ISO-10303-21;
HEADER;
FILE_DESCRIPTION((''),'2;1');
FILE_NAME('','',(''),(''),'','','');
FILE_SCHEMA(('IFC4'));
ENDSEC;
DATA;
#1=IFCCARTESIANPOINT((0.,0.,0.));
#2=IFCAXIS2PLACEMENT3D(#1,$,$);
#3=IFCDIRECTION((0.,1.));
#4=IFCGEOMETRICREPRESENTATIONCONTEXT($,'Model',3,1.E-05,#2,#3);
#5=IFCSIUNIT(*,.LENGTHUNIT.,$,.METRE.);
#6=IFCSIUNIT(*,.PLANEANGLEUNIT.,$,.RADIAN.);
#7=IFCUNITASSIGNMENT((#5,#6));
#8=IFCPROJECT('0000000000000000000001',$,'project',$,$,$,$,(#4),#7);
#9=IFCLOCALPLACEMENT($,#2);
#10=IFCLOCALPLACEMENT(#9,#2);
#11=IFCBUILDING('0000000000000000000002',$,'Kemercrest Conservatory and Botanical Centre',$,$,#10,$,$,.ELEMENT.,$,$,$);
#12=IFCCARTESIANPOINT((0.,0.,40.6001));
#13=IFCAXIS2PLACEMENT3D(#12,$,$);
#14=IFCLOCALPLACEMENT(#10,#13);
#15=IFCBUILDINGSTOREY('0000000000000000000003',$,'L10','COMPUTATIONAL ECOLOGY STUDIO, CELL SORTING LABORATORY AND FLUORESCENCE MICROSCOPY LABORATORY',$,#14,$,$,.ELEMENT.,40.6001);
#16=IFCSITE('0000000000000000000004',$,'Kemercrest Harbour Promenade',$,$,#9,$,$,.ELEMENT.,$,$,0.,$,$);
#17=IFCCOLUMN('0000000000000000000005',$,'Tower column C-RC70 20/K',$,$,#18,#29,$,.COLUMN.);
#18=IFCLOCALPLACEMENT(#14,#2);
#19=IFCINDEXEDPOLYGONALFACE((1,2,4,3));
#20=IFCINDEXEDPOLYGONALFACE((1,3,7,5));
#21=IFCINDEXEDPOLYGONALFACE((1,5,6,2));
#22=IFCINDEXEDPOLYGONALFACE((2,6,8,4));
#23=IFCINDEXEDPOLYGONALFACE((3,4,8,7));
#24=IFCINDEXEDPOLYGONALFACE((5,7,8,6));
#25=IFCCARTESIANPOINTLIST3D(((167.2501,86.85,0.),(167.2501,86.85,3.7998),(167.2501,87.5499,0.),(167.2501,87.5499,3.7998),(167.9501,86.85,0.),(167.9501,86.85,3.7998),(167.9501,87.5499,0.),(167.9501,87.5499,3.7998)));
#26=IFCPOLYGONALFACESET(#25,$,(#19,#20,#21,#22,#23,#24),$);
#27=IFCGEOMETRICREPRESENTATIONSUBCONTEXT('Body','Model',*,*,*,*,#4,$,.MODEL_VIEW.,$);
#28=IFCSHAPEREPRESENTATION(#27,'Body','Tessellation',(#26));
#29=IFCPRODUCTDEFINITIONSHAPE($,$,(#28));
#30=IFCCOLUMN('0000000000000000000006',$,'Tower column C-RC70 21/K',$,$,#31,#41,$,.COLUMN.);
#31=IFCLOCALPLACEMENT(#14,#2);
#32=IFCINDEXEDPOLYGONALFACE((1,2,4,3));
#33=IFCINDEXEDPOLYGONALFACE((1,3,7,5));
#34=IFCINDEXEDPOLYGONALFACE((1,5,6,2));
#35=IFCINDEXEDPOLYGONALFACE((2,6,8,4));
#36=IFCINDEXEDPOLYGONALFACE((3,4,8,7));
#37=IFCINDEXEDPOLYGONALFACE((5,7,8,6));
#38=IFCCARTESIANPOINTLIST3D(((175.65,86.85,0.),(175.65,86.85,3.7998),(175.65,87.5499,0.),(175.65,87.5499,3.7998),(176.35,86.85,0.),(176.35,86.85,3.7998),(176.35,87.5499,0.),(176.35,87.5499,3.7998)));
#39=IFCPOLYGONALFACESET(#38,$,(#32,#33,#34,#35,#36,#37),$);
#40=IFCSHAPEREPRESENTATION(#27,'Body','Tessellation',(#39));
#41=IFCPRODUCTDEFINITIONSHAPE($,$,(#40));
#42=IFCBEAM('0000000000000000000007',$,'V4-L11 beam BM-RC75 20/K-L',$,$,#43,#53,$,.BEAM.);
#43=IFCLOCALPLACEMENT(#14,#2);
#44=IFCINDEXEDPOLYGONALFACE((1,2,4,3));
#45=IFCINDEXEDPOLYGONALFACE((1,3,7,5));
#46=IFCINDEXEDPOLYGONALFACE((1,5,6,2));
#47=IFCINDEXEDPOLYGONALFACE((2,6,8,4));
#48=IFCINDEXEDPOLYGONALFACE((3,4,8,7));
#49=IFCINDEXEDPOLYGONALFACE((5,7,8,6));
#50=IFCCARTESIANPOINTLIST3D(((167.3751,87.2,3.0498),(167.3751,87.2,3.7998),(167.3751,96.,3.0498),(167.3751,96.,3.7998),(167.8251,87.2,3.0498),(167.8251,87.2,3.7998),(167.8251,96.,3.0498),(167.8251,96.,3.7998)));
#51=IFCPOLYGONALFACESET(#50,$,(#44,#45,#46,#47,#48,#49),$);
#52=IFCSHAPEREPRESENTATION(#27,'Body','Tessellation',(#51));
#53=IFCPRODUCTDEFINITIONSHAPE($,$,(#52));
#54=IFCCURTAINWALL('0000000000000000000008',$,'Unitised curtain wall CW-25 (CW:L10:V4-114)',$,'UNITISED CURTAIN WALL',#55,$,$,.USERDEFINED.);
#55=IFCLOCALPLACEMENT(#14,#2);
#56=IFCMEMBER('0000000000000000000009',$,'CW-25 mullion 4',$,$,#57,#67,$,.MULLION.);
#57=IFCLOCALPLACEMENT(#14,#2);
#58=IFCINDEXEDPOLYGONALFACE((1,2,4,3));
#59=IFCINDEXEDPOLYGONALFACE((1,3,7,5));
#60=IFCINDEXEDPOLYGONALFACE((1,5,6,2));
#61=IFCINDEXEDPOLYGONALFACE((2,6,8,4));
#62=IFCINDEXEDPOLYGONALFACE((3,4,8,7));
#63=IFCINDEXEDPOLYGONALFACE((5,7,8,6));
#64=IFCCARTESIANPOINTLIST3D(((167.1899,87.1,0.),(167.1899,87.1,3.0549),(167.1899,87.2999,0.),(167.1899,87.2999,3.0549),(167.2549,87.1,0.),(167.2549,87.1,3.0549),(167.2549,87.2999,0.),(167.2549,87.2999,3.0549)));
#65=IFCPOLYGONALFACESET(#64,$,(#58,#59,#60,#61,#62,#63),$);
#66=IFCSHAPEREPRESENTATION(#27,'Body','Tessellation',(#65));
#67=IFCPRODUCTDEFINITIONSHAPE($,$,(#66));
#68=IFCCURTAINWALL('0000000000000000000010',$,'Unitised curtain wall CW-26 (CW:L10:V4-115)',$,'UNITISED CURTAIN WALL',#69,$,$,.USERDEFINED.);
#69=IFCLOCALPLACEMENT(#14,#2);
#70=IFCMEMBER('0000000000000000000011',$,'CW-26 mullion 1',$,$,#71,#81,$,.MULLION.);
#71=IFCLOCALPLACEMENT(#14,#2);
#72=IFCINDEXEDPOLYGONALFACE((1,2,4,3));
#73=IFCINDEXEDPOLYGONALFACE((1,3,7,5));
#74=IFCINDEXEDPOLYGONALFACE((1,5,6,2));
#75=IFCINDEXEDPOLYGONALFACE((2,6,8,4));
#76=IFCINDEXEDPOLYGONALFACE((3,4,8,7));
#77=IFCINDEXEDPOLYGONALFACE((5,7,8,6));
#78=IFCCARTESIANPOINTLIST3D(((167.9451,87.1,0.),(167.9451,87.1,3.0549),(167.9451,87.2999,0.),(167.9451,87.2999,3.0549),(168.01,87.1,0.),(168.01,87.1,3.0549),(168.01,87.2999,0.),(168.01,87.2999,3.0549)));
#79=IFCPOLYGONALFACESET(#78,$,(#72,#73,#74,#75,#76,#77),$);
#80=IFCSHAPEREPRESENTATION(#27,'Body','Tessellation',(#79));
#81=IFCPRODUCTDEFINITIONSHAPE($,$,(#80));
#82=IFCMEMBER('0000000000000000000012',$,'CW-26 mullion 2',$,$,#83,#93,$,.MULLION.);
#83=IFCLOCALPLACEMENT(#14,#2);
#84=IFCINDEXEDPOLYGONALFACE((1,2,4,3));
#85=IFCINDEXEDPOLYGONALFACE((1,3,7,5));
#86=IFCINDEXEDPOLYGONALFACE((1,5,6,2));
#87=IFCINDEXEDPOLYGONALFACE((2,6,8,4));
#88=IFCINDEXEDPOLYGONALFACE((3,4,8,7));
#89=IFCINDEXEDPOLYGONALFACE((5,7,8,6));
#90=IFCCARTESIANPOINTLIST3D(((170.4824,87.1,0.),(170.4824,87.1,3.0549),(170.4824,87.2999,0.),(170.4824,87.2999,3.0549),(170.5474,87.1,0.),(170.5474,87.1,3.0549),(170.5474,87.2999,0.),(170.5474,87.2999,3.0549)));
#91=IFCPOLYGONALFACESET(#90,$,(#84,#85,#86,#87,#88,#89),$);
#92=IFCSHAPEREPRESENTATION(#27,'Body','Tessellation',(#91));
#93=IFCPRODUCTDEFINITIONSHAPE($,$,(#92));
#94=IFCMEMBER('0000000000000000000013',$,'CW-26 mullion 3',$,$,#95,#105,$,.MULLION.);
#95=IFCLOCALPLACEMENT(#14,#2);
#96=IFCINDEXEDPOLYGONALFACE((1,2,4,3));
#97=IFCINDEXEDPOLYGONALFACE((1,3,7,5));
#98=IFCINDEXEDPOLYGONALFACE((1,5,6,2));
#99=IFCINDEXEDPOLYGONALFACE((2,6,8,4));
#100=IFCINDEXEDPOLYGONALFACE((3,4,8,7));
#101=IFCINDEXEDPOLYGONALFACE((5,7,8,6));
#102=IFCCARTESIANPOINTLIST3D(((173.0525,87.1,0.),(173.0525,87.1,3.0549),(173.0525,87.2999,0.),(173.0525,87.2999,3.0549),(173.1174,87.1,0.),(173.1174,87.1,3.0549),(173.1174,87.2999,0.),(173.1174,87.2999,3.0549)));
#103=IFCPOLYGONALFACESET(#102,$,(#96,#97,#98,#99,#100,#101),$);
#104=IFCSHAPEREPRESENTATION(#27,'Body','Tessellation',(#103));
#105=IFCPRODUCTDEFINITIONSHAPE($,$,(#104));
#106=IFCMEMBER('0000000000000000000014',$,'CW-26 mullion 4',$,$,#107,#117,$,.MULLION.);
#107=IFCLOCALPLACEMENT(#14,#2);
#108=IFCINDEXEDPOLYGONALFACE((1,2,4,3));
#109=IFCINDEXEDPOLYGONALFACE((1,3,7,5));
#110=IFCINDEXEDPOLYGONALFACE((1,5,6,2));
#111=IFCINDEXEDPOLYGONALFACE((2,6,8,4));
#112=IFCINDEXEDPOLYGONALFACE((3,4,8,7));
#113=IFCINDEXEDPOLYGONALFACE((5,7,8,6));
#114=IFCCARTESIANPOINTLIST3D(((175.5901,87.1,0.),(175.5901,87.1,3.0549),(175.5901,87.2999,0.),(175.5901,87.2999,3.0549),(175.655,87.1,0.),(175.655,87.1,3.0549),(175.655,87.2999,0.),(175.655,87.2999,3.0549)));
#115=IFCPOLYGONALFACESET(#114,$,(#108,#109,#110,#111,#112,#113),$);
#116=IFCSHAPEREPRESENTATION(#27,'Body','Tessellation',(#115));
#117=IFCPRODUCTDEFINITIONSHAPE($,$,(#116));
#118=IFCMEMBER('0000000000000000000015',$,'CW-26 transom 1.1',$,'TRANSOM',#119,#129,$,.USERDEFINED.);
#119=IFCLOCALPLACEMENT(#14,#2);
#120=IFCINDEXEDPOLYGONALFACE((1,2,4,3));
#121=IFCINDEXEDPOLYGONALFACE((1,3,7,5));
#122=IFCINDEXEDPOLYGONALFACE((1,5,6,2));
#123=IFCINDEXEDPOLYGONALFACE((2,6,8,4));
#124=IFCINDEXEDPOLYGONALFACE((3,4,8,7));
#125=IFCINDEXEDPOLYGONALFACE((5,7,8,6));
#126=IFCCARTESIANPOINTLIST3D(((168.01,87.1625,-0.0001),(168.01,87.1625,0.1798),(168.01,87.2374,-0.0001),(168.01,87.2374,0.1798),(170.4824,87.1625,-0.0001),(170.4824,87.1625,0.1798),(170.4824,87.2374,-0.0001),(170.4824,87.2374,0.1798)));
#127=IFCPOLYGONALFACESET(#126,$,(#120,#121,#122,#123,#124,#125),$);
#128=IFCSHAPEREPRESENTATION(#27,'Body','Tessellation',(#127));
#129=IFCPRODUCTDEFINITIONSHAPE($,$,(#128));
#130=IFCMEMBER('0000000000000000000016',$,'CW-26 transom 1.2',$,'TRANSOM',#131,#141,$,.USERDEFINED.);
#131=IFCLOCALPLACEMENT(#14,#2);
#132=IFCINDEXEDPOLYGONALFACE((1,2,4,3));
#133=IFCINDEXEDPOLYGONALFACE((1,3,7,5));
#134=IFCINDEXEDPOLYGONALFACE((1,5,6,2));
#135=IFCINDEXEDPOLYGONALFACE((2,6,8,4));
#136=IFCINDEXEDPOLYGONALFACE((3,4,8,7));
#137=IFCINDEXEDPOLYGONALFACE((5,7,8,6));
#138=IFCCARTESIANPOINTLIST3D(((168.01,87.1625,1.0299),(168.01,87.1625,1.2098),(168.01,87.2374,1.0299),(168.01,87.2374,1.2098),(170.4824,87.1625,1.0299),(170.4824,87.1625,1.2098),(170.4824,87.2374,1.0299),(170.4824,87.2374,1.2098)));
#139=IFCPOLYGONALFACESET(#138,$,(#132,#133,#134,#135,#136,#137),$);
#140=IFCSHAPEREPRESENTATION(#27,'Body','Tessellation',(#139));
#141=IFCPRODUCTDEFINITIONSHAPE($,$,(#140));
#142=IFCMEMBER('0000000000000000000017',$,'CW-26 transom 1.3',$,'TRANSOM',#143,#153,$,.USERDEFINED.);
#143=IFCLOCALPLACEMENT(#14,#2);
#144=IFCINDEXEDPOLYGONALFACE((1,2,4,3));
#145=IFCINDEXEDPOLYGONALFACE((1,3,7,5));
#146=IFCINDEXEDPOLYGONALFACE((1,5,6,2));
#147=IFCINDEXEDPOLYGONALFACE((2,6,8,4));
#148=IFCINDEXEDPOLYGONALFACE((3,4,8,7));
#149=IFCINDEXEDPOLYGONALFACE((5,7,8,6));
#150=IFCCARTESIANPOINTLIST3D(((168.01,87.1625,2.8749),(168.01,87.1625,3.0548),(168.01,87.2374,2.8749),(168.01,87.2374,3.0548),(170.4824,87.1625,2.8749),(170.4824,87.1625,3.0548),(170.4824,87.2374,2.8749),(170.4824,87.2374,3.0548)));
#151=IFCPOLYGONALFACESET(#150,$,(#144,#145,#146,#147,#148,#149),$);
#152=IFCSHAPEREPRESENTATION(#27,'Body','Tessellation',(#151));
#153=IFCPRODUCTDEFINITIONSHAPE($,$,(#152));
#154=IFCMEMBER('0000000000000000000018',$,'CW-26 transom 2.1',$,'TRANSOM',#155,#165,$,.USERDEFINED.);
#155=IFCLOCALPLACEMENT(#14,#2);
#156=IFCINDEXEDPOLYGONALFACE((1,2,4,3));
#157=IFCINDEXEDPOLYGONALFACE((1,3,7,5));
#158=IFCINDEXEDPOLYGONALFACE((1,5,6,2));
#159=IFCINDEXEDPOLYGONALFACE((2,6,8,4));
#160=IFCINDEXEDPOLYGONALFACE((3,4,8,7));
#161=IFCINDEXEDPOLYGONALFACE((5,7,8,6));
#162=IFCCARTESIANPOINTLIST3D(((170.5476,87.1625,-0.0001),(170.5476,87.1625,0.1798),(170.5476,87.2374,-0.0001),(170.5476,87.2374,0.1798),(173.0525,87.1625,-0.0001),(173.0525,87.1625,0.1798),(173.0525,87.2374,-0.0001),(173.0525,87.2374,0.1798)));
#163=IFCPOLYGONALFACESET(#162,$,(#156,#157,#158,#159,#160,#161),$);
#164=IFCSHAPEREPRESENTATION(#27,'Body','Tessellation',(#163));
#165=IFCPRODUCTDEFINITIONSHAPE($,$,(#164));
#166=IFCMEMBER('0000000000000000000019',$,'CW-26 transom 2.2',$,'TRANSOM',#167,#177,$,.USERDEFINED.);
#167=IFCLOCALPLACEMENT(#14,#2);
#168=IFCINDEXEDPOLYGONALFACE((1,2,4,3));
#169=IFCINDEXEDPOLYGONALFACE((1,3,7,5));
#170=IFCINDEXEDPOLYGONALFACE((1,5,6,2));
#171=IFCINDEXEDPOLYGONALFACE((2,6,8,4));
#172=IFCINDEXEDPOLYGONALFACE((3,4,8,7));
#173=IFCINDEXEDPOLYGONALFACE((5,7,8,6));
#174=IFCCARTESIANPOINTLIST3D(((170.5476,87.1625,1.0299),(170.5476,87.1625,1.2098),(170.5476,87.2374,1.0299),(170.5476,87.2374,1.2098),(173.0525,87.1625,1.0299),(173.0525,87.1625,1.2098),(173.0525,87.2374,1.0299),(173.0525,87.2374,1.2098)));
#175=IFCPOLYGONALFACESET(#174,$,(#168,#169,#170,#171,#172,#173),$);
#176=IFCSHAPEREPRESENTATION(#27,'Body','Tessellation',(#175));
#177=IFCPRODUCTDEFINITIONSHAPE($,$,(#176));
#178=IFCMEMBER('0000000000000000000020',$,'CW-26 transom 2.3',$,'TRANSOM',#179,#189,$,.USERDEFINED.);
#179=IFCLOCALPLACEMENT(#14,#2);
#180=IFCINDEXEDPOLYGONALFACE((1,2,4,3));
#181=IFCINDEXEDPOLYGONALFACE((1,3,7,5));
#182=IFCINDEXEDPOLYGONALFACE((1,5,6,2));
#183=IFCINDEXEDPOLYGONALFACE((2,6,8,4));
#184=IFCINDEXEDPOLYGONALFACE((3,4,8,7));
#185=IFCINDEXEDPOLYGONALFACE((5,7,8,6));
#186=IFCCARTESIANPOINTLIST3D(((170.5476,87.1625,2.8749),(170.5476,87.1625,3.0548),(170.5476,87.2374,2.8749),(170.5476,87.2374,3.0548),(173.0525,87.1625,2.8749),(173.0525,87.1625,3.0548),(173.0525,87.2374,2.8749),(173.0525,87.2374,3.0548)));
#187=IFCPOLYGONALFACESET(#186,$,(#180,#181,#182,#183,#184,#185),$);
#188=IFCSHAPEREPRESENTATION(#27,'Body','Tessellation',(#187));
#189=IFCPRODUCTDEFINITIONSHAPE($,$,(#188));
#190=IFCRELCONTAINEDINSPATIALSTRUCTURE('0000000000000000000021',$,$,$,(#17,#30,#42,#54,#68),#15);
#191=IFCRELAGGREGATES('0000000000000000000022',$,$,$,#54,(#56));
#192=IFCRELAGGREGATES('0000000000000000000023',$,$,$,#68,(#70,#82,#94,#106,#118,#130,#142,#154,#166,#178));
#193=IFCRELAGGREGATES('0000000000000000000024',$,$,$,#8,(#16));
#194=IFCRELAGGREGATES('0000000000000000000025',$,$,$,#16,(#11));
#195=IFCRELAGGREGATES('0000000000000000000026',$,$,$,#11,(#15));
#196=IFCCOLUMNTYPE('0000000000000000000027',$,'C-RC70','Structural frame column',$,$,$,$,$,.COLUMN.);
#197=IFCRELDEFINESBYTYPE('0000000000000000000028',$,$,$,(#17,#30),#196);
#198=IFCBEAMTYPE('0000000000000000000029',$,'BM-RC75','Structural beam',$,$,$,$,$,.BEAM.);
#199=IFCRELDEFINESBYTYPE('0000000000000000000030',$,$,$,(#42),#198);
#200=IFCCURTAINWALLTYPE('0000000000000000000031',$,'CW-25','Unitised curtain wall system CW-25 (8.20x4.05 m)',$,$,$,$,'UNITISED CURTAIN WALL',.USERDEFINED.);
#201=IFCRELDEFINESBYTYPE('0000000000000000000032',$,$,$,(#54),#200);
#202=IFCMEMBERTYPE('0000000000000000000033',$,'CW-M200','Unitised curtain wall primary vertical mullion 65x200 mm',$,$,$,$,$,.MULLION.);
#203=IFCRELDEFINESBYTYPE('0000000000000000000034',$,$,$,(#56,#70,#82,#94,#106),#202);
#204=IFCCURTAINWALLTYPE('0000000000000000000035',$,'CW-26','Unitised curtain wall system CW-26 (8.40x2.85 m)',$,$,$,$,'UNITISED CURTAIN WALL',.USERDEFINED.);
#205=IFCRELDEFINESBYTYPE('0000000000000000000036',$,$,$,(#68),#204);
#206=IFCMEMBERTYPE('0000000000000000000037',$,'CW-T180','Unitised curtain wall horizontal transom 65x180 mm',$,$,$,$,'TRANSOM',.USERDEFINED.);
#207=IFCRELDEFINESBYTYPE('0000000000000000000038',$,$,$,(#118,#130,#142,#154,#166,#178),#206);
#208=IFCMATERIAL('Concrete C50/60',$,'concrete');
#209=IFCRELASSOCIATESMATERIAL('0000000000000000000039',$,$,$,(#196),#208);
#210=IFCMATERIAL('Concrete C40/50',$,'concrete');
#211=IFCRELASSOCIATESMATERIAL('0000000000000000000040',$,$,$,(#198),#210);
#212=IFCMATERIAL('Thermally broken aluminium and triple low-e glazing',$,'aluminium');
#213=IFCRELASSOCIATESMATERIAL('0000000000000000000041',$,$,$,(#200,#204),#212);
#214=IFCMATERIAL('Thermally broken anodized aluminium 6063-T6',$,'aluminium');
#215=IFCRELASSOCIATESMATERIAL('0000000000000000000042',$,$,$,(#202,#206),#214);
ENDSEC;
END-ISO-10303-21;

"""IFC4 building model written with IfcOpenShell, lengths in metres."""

from ifc_helpers import new_model, si_unit, direction, frame, origin, origin_2d, place, context, subcontext, project, spatial, rectangle, extrude, material, material_profile, profile_set, type_object, element, aggregate, save


model = new_model("IFC4")

# Units and contexts
model_context = context("Model", 3, precision=1e-05, world=origin(), true_north=direction((0.0, 1.0)))
body_context = subcontext(model_context, "Body", "Model", "MODEL_VIEW")
ifc_project = project(units=[si_unit("LENGTHUNIT", "METRE"), si_unit("PLANEANGLEUNIT", "RADIAN")], contexts=[model_context])

# Site, building, storey
site_placement = place(None, origin())
site = spatial("IfcSite", under=ifc_project, at=site_placement, Name="Kemercrest Harbour Promenade", CompositionType="ELEMENT", RefElevation=0.0)
building_placement = place(site_placement, origin())
building = spatial("IfcBuilding", under=site, at=building_placement, Name="Kemercrest Conservatory and Botanical Centre", CompositionType="ELEMENT")
storey_placement = place(building_placement, frame((0.0, 0.0, 40.6001)))
storey = spatial("IfcBuildingStorey", under=building, at=storey_placement, Name="L10", Description="COMPUTATIONAL ECOLOGY STUDIO, CELL SORTING LABORATORY AND FLUORESCENCE MICROSCOPY LABORATORY", CompositionType="ELEMENT", Elevation=40.6001)

# Columns
ifc_material_1 = material(Name="Concrete C50/60", Category="concrete")
ifc_material_profile_1 = material_profile(ifc_material_1, rectangle(XDim=0.7, YDim=0.7, at=origin_2d()), Name="RC 700x700")
ifc_profile_set_1 = profile_set([ifc_material_profile_1], Name="Concrete C50/60")
column_type = type_object("IfcColumnType", Name="C-RC70", Description="Structural frame column", PredefinedType="COLUMN", material=ifc_profile_set_1)
for number, where, z_axis, x_axis, name in (
    (1, (167.6001, 87.2, 0.0), (0.0, 0.0, 1.0), (1.0, 0.0, 0.0), "Tower column C-RC70 20/K"),
    (2, (176.0, 87.2, 0.0), (0.0, 0.0, 1.0), (1.0, 0.0, 0.0), "Tower column C-RC70 21/K"),
):
    element("IfcColumn", number, at=place(storey_placement, frame(where, z_axis=z_axis, x_axis=x_axis)), inside=storey, type_object=column_type, Name=name, PredefinedType="COLUMN", context=body_context, shape_type="SweptSolid", body=[
        extrude(rectangle(XDim=0.7, YDim=0.7, at=origin_2d()), origin(), (0.0, 0.0, 1.0), 3.7998),
    ])

# Beam
ifc_material_2 = material(Name="Concrete C40/50", Category="concrete")
ifc_material_profile_2 = material_profile(ifc_material_2, rectangle(XDim=0.45, YDim=0.75, at=origin_2d()), Name="RC 450x750")
ifc_profile_set_2 = profile_set([ifc_material_profile_2], Name="Concrete C40/50")
beam_type_1 = type_object("IfcBeamType", Name="BM-RC75", Description="Structural beam", PredefinedType="BEAM", material=ifc_profile_set_2)
beam_1_placement = place(storey_placement, frame((167.6001, 87.2, 3.4248), z_axis=(0.0, 1.0, 0.0), x_axis=(-1.0, 0.0, 0.0)))
element("IfcBeam", 3, at=beam_1_placement, inside=storey, type_object=beam_type_1, Name="V4-L11 beam BM-RC75 20/K-L", PredefinedType="BEAM", context=body_context, shape_type="SweptSolid", body=[
    extrude(rectangle(XDim=0.45, YDim=0.75, at=origin_2d()), origin(), (0.0, 0.0, 1.0), 8.8),
])

# Curtain wall, member
ifc_material_3 = material(Name="Thermally broken aluminium and triple low-e glazing", Category="aluminium")
curtain_wall_type_1 = type_object("IfcCurtainWallType", Name="CW-25", Description="Unitised curtain wall system CW-25 (8.20x4.05 m)", ElementType="UNITISED CURTAIN WALL", PredefinedType="USERDEFINED", material=ifc_material_3)
curtain_wall_1_placement = place(storey_placement, origin())
curtain_wall_1 = element("IfcCurtainWall", 4, at=curtain_wall_1_placement, inside=storey, type_object=curtain_wall_type_1, Name="Unitised curtain wall CW-25 (CW:L10:V4-114)", ObjectType="UNITISED CURTAIN WALL", PredefinedType="USERDEFINED")
ifc_material_4 = material(Name="Thermally broken anodized aluminium 6063-T6", Category="aluminium")
ifc_material_profile_3 = material_profile(ifc_material_4, rectangle(XDim=0.2, YDim=0.0649, at=origin_2d()), Name="AL MULLION 65x200")
ifc_profile_set_3 = profile_set([ifc_material_profile_3], Name="Thermally broken anodized aluminium 6063-T6")
member_type_1 = type_object("IfcMemberType", Name="CW-M200", Description="Unitised curtain wall primary vertical mullion 65x200 mm", PredefinedType="MULLION", material=ifc_profile_set_3)
member_1_placement = place(storey_placement, frame((167.2224, 87.2, 0.0), z_axis=(0.0, 0.0, 1.0), x_axis=(0.0, 1.0, 0.0)))
member_1 = element("IfcMember", 5, at=member_1_placement, type_object=member_type_1, Name="CW-25 mullion 4", PredefinedType="MULLION", context=body_context, shape_type="SweptSolid", body=[
    extrude(rectangle(XDim=0.2, YDim=0.0649, at=origin_2d()), origin(), (0.0, 0.0, 1.0), 3.0549),
])

# Curtain wall, members
curtain_wall_type_2 = type_object("IfcCurtainWallType", Name="CW-26", Description="Unitised curtain wall system CW-26 (8.40x2.85 m)", ElementType="UNITISED CURTAIN WALL", PredefinedType="USERDEFINED", material=ifc_material_3)
curtain_wall_2_placement = place(storey_placement, origin())
curtain_wall_2 = element("IfcCurtainWall", 6, at=curtain_wall_2_placement, inside=storey, type_object=curtain_wall_type_2, Name="Unitised curtain wall CW-26 (CW:L10:V4-115)", ObjectType="UNITISED CURTAIN WALL", PredefinedType="USERDEFINED")
member_2_placement = place(storey_placement, frame((167.9775, 87.2, 0.0), z_axis=(0.0, 0.0, 1.0), x_axis=(0.0, 1.0, 0.0)))
member_2 = element("IfcMember", 7, at=member_2_placement, type_object=member_type_1, Name="CW-26 mullion 1", PredefinedType="MULLION", context=body_context, shape_type="SweptSolid", body=[
    extrude(rectangle(XDim=0.2, YDim=0.0649, at=origin_2d()), origin(), (0.0, 0.0, 1.0), 3.0549),
])
member_3_placement = place(storey_placement, frame((170.5149, 87.2, 0.0), z_axis=(0.0, 0.0, 1.0), x_axis=(0.0, 1.0, 0.0)))
member_3 = element("IfcMember", 8, at=member_3_placement, type_object=member_type_1, Name="CW-26 mullion 2", PredefinedType="MULLION", context=body_context, shape_type="SweptSolid", body=[
    extrude(rectangle(XDim=0.2, YDim=0.0649, at=origin_2d()), origin(), (0.0, 0.0, 1.0), 3.0549),
])
member_4_placement = place(storey_placement, frame((173.085, 87.2, 0.0), z_axis=(0.0, 0.0, 1.0), x_axis=(0.0, 1.0, 0.0)))
member_4 = element("IfcMember", 9, at=member_4_placement, type_object=member_type_1, Name="CW-26 mullion 3", PredefinedType="MULLION", context=body_context, shape_type="SweptSolid", body=[
    extrude(rectangle(XDim=0.2, YDim=0.0649, at=origin_2d()), origin(), (0.0, 0.0, 1.0), 3.0549),
])
member_5_placement = place(storey_placement, frame((175.6226, 87.2, 0.0), z_axis=(0.0, 0.0, 1.0), x_axis=(0.0, 1.0, 0.0)))
member_5 = element("IfcMember", 10, at=member_5_placement, type_object=member_type_1, Name="CW-26 mullion 4", PredefinedType="MULLION", context=body_context, shape_type="SweptSolid", body=[
    extrude(rectangle(XDim=0.2, YDim=0.0649, at=origin_2d()), origin(), (0.0, 0.0, 1.0), 3.0549),
])
ifc_material_profile_4 = material_profile(ifc_material_4, rectangle(XDim=0.075, YDim=0.1799, at=origin_2d()), Name="AL TRANSOM 75x180")
ifc_profile_set_4 = profile_set([ifc_material_profile_4], Name="Thermally broken anodized aluminium 6063-T6")
member_type_2 = type_object("IfcMemberType", Name="CW-T180", Description="Unitised curtain wall horizontal transom 65x180 mm", ElementType="TRANSOM", PredefinedType="USERDEFINED", material=ifc_profile_set_4)
member_6_placement = place(storey_placement, frame((168.01, 87.2, 0.0898), z_axis=(1.0, 0.0, 0.0), x_axis=(0.0, 1.0, 0.0)))
member_6 = element("IfcMember", 11, at=member_6_placement, type_object=member_type_2, Name="CW-26 transom 1.1", ObjectType="TRANSOM", PredefinedType="USERDEFINED", context=body_context, shape_type="SweptSolid", body=[
    extrude(rectangle(XDim=0.075, YDim=0.1799, at=origin_2d()), origin(), (0.0, 0.0, 1.0), 2.4724),
])
member_7_placement = place(storey_placement, frame((168.01, 87.2, 1.1199), z_axis=(1.0, 0.0, 0.0), x_axis=(0.0, 1.0, 0.0)))
member_7 = element("IfcMember", 12, at=member_7_placement, type_object=member_type_2, Name="CW-26 transom 1.2", ObjectType="TRANSOM", PredefinedType="USERDEFINED", context=body_context, shape_type="SweptSolid", body=[
    extrude(rectangle(XDim=0.075, YDim=0.1799, at=origin_2d()), origin(), (0.0, 0.0, 1.0), 2.4724),
])
member_8_placement = place(storey_placement, frame((168.01, 87.2, 2.9648), z_axis=(1.0, 0.0, 0.0), x_axis=(0.0, 1.0, 0.0)))
member_8 = element("IfcMember", 13, at=member_8_placement, type_object=member_type_2, Name="CW-26 transom 1.3", ObjectType="TRANSOM", PredefinedType="USERDEFINED", context=body_context, shape_type="SweptSolid", body=[
    extrude(rectangle(XDim=0.075, YDim=0.1799, at=origin_2d()), origin(), (0.0, 0.0, 1.0), 2.4724),
])
member_9_placement = place(storey_placement, frame((170.5476, 87.2, 0.0898), z_axis=(1.0, 0.0, 0.0), x_axis=(0.0, 1.0, 0.0)))
member_9 = element("IfcMember", 14, at=member_9_placement, type_object=member_type_2, Name="CW-26 transom 2.1", ObjectType="TRANSOM", PredefinedType="USERDEFINED", context=body_context, shape_type="SweptSolid", body=[
    extrude(rectangle(XDim=0.075, YDim=0.1799, at=origin_2d()), origin(), (0.0, 0.0, 1.0), 2.5049),
])
member_10_placement = place(storey_placement, frame((170.5476, 87.2, 1.1199), z_axis=(1.0, 0.0, 0.0), x_axis=(0.0, 1.0, 0.0)))
member_10 = element("IfcMember", 15, at=member_10_placement, type_object=member_type_2, Name="CW-26 transom 2.2", ObjectType="TRANSOM", PredefinedType="USERDEFINED", context=body_context, shape_type="SweptSolid", body=[
    extrude(rectangle(XDim=0.075, YDim=0.1799, at=origin_2d()), origin(), (0.0, 0.0, 1.0), 2.5049),
])
member_11_placement = place(storey_placement, frame((170.5476, 87.2, 2.9648), z_axis=(1.0, 0.0, 0.0), x_axis=(0.0, 1.0, 0.0)))
member_11 = element("IfcMember", 16, at=member_11_placement, type_object=member_type_2, Name="CW-26 transom 2.3", ObjectType="TRANSOM", PredefinedType="USERDEFINED", context=body_context, shape_type="SweptSolid", body=[
    extrude(rectangle(XDim=0.075, YDim=0.1799, at=origin_2d()), origin(), (0.0, 0.0, 1.0), 2.5049),
])

aggregate(curtain_wall_1, [member_1])
aggregate(curtain_wall_2, [member_2, member_3, member_4, member_5, member_6, member_7, member_8, member_9, member_10, member_11])

save(model, "model.ifc")
